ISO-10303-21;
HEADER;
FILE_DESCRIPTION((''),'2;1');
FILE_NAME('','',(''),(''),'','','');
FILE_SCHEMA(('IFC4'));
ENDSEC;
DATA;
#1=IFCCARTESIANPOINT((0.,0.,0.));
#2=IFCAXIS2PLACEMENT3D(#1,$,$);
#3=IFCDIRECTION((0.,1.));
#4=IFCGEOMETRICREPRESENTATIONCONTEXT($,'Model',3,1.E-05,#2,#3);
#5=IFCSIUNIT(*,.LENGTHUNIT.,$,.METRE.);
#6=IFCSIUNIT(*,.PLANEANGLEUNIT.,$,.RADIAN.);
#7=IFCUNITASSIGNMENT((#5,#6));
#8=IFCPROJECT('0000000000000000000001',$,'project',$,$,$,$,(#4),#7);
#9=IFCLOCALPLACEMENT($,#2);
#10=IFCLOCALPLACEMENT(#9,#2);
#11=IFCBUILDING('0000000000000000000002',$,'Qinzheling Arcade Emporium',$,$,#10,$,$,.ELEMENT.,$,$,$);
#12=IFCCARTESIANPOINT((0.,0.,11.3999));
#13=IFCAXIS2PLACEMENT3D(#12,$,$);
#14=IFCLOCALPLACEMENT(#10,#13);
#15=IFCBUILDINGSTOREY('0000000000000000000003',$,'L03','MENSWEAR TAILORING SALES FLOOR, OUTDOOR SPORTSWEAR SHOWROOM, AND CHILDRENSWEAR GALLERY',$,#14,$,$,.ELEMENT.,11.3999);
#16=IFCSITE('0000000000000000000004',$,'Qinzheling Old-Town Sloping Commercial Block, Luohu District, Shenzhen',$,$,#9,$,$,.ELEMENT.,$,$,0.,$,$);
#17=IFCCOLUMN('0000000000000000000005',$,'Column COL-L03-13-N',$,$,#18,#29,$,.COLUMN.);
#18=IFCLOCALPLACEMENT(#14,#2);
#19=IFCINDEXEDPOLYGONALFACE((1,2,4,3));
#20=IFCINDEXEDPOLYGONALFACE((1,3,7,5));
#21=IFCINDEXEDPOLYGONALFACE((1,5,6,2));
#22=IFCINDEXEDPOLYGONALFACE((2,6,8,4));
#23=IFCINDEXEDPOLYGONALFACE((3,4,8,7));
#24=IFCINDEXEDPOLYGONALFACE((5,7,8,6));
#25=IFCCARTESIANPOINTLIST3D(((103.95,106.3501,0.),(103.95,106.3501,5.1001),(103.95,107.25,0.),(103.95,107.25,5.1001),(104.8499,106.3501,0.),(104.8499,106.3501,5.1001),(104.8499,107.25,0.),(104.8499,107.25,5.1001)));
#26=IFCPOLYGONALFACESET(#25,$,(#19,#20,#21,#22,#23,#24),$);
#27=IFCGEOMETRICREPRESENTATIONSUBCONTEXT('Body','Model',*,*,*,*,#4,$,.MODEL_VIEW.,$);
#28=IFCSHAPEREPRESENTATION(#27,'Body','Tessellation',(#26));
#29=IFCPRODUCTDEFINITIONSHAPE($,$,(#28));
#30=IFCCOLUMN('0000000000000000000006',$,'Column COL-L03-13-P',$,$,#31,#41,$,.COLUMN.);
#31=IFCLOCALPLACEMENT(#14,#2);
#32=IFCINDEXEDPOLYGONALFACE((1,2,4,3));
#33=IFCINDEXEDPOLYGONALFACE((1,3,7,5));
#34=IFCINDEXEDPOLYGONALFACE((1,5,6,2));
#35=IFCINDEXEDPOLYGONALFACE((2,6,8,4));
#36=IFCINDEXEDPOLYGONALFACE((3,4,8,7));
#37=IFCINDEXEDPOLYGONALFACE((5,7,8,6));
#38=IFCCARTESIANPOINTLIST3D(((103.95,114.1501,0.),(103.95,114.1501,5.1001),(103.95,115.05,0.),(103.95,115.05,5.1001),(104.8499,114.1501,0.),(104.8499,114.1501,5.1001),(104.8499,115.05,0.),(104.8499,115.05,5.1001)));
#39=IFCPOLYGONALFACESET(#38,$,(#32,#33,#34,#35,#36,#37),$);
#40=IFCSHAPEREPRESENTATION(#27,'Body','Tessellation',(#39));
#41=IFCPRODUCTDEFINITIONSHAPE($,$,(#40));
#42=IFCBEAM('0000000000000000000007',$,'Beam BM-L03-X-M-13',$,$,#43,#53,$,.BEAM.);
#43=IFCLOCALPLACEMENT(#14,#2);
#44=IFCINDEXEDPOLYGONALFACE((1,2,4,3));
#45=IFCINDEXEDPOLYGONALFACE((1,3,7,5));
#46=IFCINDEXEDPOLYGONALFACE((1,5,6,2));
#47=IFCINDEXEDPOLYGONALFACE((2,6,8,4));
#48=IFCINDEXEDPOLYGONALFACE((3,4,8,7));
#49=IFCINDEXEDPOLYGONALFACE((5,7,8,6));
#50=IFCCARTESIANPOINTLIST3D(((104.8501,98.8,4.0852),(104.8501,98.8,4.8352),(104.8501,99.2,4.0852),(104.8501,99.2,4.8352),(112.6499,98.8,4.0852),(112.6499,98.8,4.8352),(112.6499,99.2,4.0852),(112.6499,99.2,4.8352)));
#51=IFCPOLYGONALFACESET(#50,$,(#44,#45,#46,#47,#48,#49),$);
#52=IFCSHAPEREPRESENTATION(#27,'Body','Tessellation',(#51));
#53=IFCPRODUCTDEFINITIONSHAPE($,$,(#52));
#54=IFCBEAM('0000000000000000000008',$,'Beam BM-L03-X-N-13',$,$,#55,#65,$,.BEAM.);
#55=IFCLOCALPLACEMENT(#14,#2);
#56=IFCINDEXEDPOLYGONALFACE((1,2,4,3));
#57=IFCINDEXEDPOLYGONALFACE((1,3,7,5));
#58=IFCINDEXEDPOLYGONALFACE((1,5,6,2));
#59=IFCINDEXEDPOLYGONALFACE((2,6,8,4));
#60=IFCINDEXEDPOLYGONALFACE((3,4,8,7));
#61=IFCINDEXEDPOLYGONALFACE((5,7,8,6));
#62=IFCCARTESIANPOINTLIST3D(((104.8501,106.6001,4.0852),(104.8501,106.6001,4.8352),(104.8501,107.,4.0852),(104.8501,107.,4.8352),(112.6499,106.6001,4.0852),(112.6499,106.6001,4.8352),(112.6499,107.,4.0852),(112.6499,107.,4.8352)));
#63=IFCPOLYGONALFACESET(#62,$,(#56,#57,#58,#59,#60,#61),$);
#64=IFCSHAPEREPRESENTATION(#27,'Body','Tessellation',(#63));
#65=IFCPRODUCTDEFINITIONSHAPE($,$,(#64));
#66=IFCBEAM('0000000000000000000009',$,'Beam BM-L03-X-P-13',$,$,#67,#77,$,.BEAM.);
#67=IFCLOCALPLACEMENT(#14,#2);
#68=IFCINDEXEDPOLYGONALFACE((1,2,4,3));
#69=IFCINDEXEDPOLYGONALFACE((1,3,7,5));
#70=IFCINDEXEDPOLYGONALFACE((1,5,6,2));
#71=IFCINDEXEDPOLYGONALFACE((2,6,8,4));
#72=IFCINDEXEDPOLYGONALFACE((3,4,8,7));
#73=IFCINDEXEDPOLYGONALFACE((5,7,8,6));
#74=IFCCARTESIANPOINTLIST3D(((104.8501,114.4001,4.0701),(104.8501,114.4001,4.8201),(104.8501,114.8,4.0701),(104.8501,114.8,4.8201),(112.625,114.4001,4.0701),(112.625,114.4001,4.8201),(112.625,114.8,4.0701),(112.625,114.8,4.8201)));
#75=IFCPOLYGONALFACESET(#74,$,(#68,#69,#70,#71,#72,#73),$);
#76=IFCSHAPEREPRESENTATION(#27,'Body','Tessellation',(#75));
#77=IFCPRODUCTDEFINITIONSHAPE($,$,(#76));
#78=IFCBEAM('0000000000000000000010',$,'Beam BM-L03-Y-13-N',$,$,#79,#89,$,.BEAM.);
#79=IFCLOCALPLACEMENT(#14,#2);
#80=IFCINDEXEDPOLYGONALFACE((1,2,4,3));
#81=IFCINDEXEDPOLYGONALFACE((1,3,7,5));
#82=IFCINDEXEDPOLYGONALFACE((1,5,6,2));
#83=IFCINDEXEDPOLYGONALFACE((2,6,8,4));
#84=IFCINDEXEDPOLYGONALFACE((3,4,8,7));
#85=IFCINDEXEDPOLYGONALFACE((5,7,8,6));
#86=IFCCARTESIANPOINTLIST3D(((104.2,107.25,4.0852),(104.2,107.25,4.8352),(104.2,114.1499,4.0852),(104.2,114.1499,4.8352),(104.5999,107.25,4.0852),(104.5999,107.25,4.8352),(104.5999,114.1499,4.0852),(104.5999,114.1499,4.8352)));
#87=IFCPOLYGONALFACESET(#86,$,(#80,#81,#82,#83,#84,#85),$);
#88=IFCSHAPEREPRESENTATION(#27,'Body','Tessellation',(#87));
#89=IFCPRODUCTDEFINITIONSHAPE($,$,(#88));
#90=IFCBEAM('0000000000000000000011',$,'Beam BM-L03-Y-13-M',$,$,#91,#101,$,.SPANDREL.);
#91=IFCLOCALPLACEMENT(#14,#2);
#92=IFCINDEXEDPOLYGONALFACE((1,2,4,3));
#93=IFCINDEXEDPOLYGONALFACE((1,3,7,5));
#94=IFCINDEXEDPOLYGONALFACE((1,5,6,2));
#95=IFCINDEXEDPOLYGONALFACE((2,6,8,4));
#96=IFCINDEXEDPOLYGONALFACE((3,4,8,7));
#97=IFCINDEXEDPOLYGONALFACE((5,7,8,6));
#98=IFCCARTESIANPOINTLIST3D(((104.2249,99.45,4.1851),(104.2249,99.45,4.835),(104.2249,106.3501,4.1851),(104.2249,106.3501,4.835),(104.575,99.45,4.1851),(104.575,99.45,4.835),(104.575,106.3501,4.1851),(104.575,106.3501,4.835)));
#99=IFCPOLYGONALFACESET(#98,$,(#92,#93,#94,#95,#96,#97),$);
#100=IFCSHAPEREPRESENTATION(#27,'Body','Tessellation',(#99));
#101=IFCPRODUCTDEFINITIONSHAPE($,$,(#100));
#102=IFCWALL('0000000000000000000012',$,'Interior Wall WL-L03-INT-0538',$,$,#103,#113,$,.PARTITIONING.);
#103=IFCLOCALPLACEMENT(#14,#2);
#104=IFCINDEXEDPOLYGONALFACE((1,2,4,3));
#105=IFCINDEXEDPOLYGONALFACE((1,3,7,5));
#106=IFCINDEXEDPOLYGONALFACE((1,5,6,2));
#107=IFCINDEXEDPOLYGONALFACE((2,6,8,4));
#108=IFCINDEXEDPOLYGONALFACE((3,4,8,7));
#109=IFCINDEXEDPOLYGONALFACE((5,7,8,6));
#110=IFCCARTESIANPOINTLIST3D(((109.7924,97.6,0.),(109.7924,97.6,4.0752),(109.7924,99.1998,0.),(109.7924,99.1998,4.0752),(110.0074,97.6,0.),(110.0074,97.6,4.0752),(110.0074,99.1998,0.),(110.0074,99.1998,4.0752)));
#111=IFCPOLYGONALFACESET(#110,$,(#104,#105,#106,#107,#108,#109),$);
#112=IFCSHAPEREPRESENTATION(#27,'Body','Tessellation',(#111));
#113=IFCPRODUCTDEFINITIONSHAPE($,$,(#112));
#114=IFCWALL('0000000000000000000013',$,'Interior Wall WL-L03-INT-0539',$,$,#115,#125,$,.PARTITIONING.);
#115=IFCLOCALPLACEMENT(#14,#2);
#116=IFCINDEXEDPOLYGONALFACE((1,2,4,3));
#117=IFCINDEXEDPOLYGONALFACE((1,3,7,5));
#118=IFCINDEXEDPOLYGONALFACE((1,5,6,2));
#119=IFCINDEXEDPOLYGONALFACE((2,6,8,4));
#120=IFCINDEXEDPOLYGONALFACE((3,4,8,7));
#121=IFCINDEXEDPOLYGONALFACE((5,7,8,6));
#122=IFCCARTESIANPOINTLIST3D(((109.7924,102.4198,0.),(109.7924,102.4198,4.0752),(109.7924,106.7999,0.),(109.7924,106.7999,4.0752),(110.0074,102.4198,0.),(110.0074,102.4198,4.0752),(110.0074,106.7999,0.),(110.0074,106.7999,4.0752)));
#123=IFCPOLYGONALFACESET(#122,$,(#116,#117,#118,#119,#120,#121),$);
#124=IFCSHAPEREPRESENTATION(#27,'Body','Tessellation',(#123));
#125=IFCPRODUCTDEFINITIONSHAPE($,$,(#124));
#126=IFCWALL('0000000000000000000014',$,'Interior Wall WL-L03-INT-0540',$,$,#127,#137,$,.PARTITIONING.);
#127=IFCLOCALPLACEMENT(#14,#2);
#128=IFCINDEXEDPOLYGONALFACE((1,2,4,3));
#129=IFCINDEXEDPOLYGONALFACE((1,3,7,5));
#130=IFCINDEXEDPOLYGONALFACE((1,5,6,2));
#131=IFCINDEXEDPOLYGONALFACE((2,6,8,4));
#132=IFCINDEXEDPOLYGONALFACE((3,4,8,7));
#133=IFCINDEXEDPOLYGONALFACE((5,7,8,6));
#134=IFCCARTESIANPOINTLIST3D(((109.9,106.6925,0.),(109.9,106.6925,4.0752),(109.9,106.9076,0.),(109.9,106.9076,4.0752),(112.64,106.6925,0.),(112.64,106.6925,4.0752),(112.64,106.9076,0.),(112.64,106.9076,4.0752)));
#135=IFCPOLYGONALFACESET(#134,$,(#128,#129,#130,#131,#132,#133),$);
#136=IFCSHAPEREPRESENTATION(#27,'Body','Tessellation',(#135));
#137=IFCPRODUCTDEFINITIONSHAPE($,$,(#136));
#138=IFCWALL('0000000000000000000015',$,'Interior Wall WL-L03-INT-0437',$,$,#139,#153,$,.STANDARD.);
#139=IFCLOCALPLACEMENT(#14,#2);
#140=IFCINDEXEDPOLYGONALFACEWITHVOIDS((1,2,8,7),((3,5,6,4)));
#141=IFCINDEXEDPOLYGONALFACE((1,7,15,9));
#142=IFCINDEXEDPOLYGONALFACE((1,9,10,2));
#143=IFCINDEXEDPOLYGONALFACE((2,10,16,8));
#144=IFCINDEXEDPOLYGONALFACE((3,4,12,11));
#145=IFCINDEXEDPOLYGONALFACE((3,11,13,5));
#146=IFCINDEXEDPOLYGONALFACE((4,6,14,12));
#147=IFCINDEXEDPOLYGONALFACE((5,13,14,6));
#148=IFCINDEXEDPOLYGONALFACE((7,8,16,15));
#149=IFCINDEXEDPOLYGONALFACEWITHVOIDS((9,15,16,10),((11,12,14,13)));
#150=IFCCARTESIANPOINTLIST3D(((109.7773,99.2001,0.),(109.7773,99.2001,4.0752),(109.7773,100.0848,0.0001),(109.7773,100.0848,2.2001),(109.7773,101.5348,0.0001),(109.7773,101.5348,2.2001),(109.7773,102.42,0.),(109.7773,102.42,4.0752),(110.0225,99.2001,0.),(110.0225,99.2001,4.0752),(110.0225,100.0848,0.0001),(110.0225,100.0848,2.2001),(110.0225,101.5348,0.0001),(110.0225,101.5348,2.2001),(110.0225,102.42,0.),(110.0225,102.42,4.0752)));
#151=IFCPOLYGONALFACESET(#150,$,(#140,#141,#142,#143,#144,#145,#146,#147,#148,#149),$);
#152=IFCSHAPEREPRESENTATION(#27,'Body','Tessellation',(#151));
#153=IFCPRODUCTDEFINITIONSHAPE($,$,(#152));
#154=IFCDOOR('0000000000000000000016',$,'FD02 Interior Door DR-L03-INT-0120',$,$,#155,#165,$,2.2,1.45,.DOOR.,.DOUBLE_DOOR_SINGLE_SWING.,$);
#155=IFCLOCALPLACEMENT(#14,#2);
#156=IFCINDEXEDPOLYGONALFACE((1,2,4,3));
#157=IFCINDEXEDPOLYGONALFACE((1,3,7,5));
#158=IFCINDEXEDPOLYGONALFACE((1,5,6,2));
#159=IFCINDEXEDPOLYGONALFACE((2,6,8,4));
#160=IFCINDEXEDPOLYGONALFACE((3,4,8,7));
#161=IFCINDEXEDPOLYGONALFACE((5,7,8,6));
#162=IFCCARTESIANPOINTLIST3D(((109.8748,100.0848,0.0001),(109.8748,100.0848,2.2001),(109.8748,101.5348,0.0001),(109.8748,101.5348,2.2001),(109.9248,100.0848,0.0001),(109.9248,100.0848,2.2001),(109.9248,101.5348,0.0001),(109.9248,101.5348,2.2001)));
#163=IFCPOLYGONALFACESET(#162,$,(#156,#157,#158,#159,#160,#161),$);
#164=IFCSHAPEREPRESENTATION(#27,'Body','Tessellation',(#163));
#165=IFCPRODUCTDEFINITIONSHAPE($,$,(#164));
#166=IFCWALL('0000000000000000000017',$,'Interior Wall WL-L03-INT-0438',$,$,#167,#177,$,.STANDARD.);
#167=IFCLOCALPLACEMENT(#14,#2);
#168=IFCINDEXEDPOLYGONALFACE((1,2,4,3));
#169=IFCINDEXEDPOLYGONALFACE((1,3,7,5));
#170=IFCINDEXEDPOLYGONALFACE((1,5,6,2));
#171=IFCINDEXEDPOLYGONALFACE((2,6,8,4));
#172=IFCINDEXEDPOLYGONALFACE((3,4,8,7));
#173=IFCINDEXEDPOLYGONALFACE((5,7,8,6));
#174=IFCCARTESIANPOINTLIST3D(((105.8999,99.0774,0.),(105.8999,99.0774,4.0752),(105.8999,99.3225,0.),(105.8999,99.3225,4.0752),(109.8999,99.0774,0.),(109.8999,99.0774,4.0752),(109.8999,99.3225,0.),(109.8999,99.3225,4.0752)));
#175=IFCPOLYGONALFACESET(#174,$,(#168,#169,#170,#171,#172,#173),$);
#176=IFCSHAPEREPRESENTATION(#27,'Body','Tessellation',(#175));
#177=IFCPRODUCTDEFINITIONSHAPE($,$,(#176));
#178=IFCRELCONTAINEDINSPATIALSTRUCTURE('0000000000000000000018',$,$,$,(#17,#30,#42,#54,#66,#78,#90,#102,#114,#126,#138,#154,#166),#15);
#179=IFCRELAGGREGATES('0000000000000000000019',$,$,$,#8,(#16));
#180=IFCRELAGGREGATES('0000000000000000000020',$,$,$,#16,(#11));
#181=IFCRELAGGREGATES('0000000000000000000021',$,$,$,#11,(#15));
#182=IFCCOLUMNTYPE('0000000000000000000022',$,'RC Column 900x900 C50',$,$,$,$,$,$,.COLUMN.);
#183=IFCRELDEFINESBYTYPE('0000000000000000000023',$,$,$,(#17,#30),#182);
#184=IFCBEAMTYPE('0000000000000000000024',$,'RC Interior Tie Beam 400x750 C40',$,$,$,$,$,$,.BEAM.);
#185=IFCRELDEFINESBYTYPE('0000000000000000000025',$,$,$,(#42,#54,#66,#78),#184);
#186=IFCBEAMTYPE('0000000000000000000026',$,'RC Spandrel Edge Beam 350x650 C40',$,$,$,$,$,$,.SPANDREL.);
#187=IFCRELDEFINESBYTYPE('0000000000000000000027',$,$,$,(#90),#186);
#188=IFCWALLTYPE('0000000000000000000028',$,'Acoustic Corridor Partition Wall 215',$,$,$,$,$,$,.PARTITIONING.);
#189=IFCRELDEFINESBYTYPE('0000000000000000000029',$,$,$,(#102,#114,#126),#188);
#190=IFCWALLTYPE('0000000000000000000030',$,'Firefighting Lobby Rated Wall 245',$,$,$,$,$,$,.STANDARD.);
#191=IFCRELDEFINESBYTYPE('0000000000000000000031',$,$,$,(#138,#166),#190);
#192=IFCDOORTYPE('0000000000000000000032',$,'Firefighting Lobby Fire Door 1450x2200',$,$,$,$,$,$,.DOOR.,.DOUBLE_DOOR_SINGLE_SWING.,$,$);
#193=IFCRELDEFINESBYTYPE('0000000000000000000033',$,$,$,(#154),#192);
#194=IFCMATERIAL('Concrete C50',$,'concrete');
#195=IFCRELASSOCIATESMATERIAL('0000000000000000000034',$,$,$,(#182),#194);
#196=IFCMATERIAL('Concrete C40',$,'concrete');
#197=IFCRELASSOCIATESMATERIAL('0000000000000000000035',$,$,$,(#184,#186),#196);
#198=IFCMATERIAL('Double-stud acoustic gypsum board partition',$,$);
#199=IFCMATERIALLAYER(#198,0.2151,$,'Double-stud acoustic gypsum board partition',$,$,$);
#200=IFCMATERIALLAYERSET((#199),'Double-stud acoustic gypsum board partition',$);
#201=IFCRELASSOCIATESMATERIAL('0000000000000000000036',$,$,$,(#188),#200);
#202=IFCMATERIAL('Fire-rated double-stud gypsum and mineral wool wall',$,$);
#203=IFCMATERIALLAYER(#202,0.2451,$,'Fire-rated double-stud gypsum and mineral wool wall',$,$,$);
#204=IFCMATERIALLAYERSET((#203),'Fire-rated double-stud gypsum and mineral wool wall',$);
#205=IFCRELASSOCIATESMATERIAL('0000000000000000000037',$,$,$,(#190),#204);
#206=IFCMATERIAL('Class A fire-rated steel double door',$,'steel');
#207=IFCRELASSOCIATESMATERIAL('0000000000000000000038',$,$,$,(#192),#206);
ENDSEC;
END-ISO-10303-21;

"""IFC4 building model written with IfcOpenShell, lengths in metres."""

from ifc_helpers import new_model, si_unit, direction, frame, frame_2d, origin, origin_2d, place, context, subcontext, project, spatial, rectangle, extrude, material, layer, layer_set, material_profile, profile_set, type_object, element, fill, save


model = new_model("IFC4")

# Units and contexts
model_context = context("Model", 3, precision=1e-05, world=origin(), true_north=direction((0.0, 1.0)))
body_context = subcontext(model_context, "Body", "Model", "MODEL_VIEW")
ifc_project = project(units=[si_unit("LENGTHUNIT", "METRE"), si_unit("PLANEANGLEUNIT", "RADIAN")], contexts=[model_context])

# Site, building, storey
site_placement = place(None, origin())
site = spatial("IfcSite", under=ifc_project, at=site_placement, Name="Qinzheling Old-Town Sloping Commercial Block, Luohu District, Shenzhen", CompositionType="ELEMENT", RefElevation=0.0)
building_placement = place(site_placement, origin())
building = spatial("IfcBuilding", under=site, at=building_placement, Name="Qinzheling Arcade Emporium", CompositionType="ELEMENT")
storey_placement = place(building_placement, frame((0.0, 0.0, 11.3999)))
storey = spatial("IfcBuildingStorey", under=building, at=storey_placement, Name="L03", Description="MENSWEAR TAILORING SALES FLOOR, OUTDOOR SPORTSWEAR SHOWROOM, AND CHILDRENSWEAR GALLERY", CompositionType="ELEMENT", Elevation=11.3999)

# Columns
ifc_material_1 = material(Name="Concrete C50", Category="concrete")
ifc_material_profile_1 = material_profile(ifc_material_1, rectangle(XDim=0.8999, YDim=0.8999, at=origin_2d()), Name="RC 900x900", Category="concrete")
ifc_profile_set_1 = profile_set([ifc_material_profile_1], Name="Concrete C50")
column_type = type_object("IfcColumnType", Name="RC Column 900x900 C50", PredefinedType="COLUMN", material=ifc_profile_set_1)
for number, where, z_axis, x_axis, name in (
    (1, (104.3999, 106.8, 0.0), (0.0, 0.0, 1.0), (1.0, 0.0, 0.0), "Column COL-L03-13-N"),
    (2, (104.3999, 114.6001, 0.0), (0.0, 0.0, 1.0), (1.0, 0.0, 0.0), "Column COL-L03-13-P"),
):
    element("IfcColumn", number, at=place(storey_placement, frame(where, z_axis=z_axis, x_axis=x_axis)), inside=storey, type_object=column_type, Name=name, PredefinedType="COLUMN", context=body_context, shape_type="SweptSolid", body=[
        extrude(rectangle(XDim=0.8999, YDim=0.8999, at=origin_2d()), origin(), (0.0, 0.0, 1.0), 5.1001),
    ])

# Beams
ifc_material_2 = material(Name="Concrete C40", Category="concrete")
ifc_material_profile_2 = material_profile(ifc_material_2, rectangle(XDim=0.3999, YDim=0.75, at=origin_2d()), Name="RC 400x750", Category="concrete")
ifc_profile_set_2 = profile_set([ifc_material_profile_2], Name="Concrete C40")
beam_type_1 = type_object("IfcBeamType", Name="RC Interior Tie Beam 400x750 C40", PredefinedType="BEAM", material=ifc_profile_set_2)
for number, where, z_axis, x_axis, name in (
    (3, (104.8501, 99.0, 4.4602), (1.0, 0.0, 0.0), (0.0, 1.0, 0.0), "Beam BM-L03-X-M-13"),
    (4, (104.8501, 106.8, 4.4602), (1.0, 0.0, 0.0), (0.0, 1.0, 0.0), "Beam BM-L03-X-N-13"),
):
    element("IfcBeam", number, at=place(storey_placement, frame(where, z_axis=z_axis, x_axis=x_axis)), inside=storey, type_object=beam_type_1, Name=name, PredefinedType="BEAM", context=body_context, shape_type="SweptSolid", body=[
        extrude(rectangle(XDim=0.3999, YDim=0.75, at=origin_2d()), origin(), (0.0, 0.0, 1.0), 7.7998),
    ])
beam_1_placement = place(storey_placement, frame((104.8501, 114.6001, 4.4451), z_axis=(1.0, 0.0, 0.0), x_axis=(0.0, 1.0, 0.0)))
element("IfcBeam", 5, at=beam_1_placement, inside=storey, type_object=beam_type_1, Name="Beam BM-L03-X-P-13", PredefinedType="BEAM", context=body_context, shape_type="SweptSolid", body=[
    extrude(rectangle(XDim=0.3999, YDim=0.75, at=origin_2d()), origin(), (0.0, 0.0, 1.0), 7.7749),
])
beam_2_placement = place(storey_placement, frame((104.3999, 107.25, 4.4602), z_axis=(0.0, 1.0, 0.0), x_axis=(-1.0, 0.0, 0.0)))
element("IfcBeam", 6, at=beam_2_placement, inside=storey, type_object=beam_type_1, Name="Beam BM-L03-Y-13-N", PredefinedType="BEAM", context=body_context, shape_type="SweptSolid", body=[
    extrude(rectangle(XDim=0.3999, YDim=0.75, at=origin_2d()), origin(), (0.0, 0.0, 1.0), 6.8999),
])
ifc_material_profile_3 = material_profile(ifc_material_2, rectangle(XDim=0.3501, YDim=0.6499, at=origin_2d()), Name="RC 350x650", Category="concrete")
ifc_profile_set_3 = profile_set([ifc_material_profile_3], Name="Concrete C40")
beam_type_2 = type_object("IfcBeamType", Name="RC Spandrel Edge Beam 350x650 C40", PredefinedType="SPANDREL", material=ifc_profile_set_3)
beam_3_placement = place(storey_placement, frame((104.3999, 99.45, 4.51), z_axis=(0.0, 1.0, 0.0), x_axis=(-1.0, 0.0, 0.0)))
element("IfcBeam", 7, at=beam_3_placement, inside=storey, type_object=beam_type_2, Name="Beam BM-L03-Y-13-M", PredefinedType="SPANDREL", context=body_context, shape_type="SweptSolid", body=[
    extrude(rectangle(XDim=0.3501, YDim=0.6499, at=origin_2d()), origin(), (0.0, 0.0, 1.0), 6.9001),
])

# Walls
ifc_material_3 = material(Name="Double-stud acoustic gypsum board partition")
ifc_layer_1 = layer(ifc_material_3, 0.2151, Name="Double-stud acoustic gypsum board partition")
ifc_layer_set_1 = layer_set([ifc_layer_1], Name="Double-stud acoustic gypsum board partition")
wall_type_1 = type_object("IfcWallType", Name="Acoustic Corridor Partition Wall 215", PredefinedType="PARTITIONING", material=ifc_layer_set_1)
wall_1_placement = place(storey_placement, frame((109.8999, 97.6001, 0.0), z_axis=(0.0, 0.0, 1.0), x_axis=(0.0, 1.0, 0.0)))
element("IfcWall", 8, at=wall_1_placement, inside=storey, type_object=wall_type_1, Name="Interior Wall WL-L03-INT-0538", PredefinedType="PARTITIONING", context=body_context, shape_type="SweptSolid", body=[
    extrude(rectangle(XDim=1.5999, YDim=0.2151, at=frame_2d((0.7998, 0.0))), origin(), (0.0, 0.0, 1.0), 4.0752),
])
wall_2_placement = place(storey_placement, frame((109.8999, 102.4199, 0.0), z_axis=(0.0, 0.0, 1.0), x_axis=(0.0, 1.0, 0.0)))
element("IfcWall", 9, at=wall_2_placement, inside=storey, type_object=wall_type_1, Name="Interior Wall WL-L03-INT-0539", PredefinedType="PARTITIONING", context=body_context, shape_type="SweptSolid", body=[
    extrude(rectangle(XDim=4.3801, YDim=0.2151, at=frame_2d((2.1899, 0.0))), origin(), (0.0, 0.0, 1.0), 4.0752),
])
wall_3_placement = place(storey_placement, frame((109.8999, 106.8, 0.0), z_axis=(0.0, 0.0, 1.0), x_axis=(1.0, 0.0, 0.0)))
element("IfcWall", 10, at=wall_3_placement, inside=storey, type_object=wall_type_1, Name="Interior Wall WL-L03-INT-0540", PredefinedType="PARTITIONING", context=body_context, shape_type="SweptSolid", body=[
    extrude(rectangle(XDim=2.74, YDim=0.2151, at=frame_2d((1.3701, 0.0))), origin(), (0.0, 0.0, 1.0), 4.0752),
])

# Wall, opening, door
ifc_material_4 = material(Name="Fire-rated double-stud gypsum and mineral wool wall")
ifc_layer_2 = layer(ifc_material_4, 0.2451, Name="Fire-rated double-stud gypsum and mineral wool wall")
ifc_layer_set_2 = layer_set([ifc_layer_2], Name="Fire-rated double-stud gypsum and mineral wool wall")
wall_type_2 = type_object("IfcWallType", Name="Firefighting Lobby Rated Wall 245", PredefinedType="STANDARD", material=ifc_layer_set_2)
wall_4_placement = place(storey_placement, frame((109.8999, 102.4199, 0.0), z_axis=(0.0, 0.0, 1.0), x_axis=(0.0, -1.0, 0.0)))
wall_4 = element("IfcWall", 11, at=wall_4_placement, inside=storey, type_object=wall_type_2, Name="Interior Wall WL-L03-INT-0437", PredefinedType="STANDARD", context=body_context, shape_type="SweptSolid", body=[
    extrude(rectangle(XDim=3.22, YDim=0.2451, at=frame_2d((1.6099, 0.0))), origin(), (0.0, 0.0, 1.0), 4.0752),
])
opening_1_placement = place(wall_4_placement, frame((0.885, 0.0, 0.0)))
opening_1 = element("IfcOpeningElement", 12, at=opening_1_placement, cuts=wall_4, PredefinedType="OPENING", context=body_context, shape_type="SweptSolid", body=[
    extrude(rectangle(XDim=1.45, YDim=2.2, at=frame_2d((0.7251, 1.1001))), frame((0.0, 0.1326, 0.0), z_axis=(0.0, -1.0, 0.0), x_axis=(1.0, 0.0, 0.0)), (0.0, 0.0, 1.0), 0.2651),
])
ifc_material_5 = material(Name="Class A fire-rated steel double door", Category="steel")
door_type_1 = type_object("IfcDoorType", Name="Firefighting Lobby Fire Door 1450x2200", OperationType="DOUBLE_DOOR_SINGLE_SWING", PredefinedType="DOOR", material=ifc_material_5)
door_1_placement = place(opening_1_placement, origin())
door_1 = element("IfcDoor", 13, at=door_1_placement, inside=storey, type_object=door_type_1, Name="FD02 Interior Door DR-L03-INT-0120", OperationType="DOUBLE_DOOR_SINGLE_SWING", OverallHeight=2.2, OverallWidth=1.45, PredefinedType="DOOR", context=body_context, shape_type="SweptSolid", body=[
    extrude(rectangle(XDim=1.45, YDim=2.2, at=frame_2d((0.7251, 1.1001))), frame((0.0, 0.0249, 0.0), z_axis=(0.0, -1.0, 0.0), x_axis=(1.0, 0.0, 0.0)), (0.0, 0.0, 1.0), 0.05),
])
fill(opening_1, door_1)

# Wall
wall_5_placement = place(storey_placement, frame((109.8999, 99.2, 0.0), z_axis=(0.0, 0.0, 1.0), x_axis=(-1.0, 0.0, 0.0)))
element("IfcWall", 14, at=wall_5_placement, inside=storey, type_object=wall_type_2, Name="Interior Wall WL-L03-INT-0438", PredefinedType="STANDARD", context=body_context, shape_type="SweptSolid", body=[
    extrude(rectangle(XDim=4.0, YDim=0.2451, at=frame_2d((2.0, 0.0))), origin(), (0.0, 0.0, 1.0), 4.0752),
])

save(model, "model.ifc")
